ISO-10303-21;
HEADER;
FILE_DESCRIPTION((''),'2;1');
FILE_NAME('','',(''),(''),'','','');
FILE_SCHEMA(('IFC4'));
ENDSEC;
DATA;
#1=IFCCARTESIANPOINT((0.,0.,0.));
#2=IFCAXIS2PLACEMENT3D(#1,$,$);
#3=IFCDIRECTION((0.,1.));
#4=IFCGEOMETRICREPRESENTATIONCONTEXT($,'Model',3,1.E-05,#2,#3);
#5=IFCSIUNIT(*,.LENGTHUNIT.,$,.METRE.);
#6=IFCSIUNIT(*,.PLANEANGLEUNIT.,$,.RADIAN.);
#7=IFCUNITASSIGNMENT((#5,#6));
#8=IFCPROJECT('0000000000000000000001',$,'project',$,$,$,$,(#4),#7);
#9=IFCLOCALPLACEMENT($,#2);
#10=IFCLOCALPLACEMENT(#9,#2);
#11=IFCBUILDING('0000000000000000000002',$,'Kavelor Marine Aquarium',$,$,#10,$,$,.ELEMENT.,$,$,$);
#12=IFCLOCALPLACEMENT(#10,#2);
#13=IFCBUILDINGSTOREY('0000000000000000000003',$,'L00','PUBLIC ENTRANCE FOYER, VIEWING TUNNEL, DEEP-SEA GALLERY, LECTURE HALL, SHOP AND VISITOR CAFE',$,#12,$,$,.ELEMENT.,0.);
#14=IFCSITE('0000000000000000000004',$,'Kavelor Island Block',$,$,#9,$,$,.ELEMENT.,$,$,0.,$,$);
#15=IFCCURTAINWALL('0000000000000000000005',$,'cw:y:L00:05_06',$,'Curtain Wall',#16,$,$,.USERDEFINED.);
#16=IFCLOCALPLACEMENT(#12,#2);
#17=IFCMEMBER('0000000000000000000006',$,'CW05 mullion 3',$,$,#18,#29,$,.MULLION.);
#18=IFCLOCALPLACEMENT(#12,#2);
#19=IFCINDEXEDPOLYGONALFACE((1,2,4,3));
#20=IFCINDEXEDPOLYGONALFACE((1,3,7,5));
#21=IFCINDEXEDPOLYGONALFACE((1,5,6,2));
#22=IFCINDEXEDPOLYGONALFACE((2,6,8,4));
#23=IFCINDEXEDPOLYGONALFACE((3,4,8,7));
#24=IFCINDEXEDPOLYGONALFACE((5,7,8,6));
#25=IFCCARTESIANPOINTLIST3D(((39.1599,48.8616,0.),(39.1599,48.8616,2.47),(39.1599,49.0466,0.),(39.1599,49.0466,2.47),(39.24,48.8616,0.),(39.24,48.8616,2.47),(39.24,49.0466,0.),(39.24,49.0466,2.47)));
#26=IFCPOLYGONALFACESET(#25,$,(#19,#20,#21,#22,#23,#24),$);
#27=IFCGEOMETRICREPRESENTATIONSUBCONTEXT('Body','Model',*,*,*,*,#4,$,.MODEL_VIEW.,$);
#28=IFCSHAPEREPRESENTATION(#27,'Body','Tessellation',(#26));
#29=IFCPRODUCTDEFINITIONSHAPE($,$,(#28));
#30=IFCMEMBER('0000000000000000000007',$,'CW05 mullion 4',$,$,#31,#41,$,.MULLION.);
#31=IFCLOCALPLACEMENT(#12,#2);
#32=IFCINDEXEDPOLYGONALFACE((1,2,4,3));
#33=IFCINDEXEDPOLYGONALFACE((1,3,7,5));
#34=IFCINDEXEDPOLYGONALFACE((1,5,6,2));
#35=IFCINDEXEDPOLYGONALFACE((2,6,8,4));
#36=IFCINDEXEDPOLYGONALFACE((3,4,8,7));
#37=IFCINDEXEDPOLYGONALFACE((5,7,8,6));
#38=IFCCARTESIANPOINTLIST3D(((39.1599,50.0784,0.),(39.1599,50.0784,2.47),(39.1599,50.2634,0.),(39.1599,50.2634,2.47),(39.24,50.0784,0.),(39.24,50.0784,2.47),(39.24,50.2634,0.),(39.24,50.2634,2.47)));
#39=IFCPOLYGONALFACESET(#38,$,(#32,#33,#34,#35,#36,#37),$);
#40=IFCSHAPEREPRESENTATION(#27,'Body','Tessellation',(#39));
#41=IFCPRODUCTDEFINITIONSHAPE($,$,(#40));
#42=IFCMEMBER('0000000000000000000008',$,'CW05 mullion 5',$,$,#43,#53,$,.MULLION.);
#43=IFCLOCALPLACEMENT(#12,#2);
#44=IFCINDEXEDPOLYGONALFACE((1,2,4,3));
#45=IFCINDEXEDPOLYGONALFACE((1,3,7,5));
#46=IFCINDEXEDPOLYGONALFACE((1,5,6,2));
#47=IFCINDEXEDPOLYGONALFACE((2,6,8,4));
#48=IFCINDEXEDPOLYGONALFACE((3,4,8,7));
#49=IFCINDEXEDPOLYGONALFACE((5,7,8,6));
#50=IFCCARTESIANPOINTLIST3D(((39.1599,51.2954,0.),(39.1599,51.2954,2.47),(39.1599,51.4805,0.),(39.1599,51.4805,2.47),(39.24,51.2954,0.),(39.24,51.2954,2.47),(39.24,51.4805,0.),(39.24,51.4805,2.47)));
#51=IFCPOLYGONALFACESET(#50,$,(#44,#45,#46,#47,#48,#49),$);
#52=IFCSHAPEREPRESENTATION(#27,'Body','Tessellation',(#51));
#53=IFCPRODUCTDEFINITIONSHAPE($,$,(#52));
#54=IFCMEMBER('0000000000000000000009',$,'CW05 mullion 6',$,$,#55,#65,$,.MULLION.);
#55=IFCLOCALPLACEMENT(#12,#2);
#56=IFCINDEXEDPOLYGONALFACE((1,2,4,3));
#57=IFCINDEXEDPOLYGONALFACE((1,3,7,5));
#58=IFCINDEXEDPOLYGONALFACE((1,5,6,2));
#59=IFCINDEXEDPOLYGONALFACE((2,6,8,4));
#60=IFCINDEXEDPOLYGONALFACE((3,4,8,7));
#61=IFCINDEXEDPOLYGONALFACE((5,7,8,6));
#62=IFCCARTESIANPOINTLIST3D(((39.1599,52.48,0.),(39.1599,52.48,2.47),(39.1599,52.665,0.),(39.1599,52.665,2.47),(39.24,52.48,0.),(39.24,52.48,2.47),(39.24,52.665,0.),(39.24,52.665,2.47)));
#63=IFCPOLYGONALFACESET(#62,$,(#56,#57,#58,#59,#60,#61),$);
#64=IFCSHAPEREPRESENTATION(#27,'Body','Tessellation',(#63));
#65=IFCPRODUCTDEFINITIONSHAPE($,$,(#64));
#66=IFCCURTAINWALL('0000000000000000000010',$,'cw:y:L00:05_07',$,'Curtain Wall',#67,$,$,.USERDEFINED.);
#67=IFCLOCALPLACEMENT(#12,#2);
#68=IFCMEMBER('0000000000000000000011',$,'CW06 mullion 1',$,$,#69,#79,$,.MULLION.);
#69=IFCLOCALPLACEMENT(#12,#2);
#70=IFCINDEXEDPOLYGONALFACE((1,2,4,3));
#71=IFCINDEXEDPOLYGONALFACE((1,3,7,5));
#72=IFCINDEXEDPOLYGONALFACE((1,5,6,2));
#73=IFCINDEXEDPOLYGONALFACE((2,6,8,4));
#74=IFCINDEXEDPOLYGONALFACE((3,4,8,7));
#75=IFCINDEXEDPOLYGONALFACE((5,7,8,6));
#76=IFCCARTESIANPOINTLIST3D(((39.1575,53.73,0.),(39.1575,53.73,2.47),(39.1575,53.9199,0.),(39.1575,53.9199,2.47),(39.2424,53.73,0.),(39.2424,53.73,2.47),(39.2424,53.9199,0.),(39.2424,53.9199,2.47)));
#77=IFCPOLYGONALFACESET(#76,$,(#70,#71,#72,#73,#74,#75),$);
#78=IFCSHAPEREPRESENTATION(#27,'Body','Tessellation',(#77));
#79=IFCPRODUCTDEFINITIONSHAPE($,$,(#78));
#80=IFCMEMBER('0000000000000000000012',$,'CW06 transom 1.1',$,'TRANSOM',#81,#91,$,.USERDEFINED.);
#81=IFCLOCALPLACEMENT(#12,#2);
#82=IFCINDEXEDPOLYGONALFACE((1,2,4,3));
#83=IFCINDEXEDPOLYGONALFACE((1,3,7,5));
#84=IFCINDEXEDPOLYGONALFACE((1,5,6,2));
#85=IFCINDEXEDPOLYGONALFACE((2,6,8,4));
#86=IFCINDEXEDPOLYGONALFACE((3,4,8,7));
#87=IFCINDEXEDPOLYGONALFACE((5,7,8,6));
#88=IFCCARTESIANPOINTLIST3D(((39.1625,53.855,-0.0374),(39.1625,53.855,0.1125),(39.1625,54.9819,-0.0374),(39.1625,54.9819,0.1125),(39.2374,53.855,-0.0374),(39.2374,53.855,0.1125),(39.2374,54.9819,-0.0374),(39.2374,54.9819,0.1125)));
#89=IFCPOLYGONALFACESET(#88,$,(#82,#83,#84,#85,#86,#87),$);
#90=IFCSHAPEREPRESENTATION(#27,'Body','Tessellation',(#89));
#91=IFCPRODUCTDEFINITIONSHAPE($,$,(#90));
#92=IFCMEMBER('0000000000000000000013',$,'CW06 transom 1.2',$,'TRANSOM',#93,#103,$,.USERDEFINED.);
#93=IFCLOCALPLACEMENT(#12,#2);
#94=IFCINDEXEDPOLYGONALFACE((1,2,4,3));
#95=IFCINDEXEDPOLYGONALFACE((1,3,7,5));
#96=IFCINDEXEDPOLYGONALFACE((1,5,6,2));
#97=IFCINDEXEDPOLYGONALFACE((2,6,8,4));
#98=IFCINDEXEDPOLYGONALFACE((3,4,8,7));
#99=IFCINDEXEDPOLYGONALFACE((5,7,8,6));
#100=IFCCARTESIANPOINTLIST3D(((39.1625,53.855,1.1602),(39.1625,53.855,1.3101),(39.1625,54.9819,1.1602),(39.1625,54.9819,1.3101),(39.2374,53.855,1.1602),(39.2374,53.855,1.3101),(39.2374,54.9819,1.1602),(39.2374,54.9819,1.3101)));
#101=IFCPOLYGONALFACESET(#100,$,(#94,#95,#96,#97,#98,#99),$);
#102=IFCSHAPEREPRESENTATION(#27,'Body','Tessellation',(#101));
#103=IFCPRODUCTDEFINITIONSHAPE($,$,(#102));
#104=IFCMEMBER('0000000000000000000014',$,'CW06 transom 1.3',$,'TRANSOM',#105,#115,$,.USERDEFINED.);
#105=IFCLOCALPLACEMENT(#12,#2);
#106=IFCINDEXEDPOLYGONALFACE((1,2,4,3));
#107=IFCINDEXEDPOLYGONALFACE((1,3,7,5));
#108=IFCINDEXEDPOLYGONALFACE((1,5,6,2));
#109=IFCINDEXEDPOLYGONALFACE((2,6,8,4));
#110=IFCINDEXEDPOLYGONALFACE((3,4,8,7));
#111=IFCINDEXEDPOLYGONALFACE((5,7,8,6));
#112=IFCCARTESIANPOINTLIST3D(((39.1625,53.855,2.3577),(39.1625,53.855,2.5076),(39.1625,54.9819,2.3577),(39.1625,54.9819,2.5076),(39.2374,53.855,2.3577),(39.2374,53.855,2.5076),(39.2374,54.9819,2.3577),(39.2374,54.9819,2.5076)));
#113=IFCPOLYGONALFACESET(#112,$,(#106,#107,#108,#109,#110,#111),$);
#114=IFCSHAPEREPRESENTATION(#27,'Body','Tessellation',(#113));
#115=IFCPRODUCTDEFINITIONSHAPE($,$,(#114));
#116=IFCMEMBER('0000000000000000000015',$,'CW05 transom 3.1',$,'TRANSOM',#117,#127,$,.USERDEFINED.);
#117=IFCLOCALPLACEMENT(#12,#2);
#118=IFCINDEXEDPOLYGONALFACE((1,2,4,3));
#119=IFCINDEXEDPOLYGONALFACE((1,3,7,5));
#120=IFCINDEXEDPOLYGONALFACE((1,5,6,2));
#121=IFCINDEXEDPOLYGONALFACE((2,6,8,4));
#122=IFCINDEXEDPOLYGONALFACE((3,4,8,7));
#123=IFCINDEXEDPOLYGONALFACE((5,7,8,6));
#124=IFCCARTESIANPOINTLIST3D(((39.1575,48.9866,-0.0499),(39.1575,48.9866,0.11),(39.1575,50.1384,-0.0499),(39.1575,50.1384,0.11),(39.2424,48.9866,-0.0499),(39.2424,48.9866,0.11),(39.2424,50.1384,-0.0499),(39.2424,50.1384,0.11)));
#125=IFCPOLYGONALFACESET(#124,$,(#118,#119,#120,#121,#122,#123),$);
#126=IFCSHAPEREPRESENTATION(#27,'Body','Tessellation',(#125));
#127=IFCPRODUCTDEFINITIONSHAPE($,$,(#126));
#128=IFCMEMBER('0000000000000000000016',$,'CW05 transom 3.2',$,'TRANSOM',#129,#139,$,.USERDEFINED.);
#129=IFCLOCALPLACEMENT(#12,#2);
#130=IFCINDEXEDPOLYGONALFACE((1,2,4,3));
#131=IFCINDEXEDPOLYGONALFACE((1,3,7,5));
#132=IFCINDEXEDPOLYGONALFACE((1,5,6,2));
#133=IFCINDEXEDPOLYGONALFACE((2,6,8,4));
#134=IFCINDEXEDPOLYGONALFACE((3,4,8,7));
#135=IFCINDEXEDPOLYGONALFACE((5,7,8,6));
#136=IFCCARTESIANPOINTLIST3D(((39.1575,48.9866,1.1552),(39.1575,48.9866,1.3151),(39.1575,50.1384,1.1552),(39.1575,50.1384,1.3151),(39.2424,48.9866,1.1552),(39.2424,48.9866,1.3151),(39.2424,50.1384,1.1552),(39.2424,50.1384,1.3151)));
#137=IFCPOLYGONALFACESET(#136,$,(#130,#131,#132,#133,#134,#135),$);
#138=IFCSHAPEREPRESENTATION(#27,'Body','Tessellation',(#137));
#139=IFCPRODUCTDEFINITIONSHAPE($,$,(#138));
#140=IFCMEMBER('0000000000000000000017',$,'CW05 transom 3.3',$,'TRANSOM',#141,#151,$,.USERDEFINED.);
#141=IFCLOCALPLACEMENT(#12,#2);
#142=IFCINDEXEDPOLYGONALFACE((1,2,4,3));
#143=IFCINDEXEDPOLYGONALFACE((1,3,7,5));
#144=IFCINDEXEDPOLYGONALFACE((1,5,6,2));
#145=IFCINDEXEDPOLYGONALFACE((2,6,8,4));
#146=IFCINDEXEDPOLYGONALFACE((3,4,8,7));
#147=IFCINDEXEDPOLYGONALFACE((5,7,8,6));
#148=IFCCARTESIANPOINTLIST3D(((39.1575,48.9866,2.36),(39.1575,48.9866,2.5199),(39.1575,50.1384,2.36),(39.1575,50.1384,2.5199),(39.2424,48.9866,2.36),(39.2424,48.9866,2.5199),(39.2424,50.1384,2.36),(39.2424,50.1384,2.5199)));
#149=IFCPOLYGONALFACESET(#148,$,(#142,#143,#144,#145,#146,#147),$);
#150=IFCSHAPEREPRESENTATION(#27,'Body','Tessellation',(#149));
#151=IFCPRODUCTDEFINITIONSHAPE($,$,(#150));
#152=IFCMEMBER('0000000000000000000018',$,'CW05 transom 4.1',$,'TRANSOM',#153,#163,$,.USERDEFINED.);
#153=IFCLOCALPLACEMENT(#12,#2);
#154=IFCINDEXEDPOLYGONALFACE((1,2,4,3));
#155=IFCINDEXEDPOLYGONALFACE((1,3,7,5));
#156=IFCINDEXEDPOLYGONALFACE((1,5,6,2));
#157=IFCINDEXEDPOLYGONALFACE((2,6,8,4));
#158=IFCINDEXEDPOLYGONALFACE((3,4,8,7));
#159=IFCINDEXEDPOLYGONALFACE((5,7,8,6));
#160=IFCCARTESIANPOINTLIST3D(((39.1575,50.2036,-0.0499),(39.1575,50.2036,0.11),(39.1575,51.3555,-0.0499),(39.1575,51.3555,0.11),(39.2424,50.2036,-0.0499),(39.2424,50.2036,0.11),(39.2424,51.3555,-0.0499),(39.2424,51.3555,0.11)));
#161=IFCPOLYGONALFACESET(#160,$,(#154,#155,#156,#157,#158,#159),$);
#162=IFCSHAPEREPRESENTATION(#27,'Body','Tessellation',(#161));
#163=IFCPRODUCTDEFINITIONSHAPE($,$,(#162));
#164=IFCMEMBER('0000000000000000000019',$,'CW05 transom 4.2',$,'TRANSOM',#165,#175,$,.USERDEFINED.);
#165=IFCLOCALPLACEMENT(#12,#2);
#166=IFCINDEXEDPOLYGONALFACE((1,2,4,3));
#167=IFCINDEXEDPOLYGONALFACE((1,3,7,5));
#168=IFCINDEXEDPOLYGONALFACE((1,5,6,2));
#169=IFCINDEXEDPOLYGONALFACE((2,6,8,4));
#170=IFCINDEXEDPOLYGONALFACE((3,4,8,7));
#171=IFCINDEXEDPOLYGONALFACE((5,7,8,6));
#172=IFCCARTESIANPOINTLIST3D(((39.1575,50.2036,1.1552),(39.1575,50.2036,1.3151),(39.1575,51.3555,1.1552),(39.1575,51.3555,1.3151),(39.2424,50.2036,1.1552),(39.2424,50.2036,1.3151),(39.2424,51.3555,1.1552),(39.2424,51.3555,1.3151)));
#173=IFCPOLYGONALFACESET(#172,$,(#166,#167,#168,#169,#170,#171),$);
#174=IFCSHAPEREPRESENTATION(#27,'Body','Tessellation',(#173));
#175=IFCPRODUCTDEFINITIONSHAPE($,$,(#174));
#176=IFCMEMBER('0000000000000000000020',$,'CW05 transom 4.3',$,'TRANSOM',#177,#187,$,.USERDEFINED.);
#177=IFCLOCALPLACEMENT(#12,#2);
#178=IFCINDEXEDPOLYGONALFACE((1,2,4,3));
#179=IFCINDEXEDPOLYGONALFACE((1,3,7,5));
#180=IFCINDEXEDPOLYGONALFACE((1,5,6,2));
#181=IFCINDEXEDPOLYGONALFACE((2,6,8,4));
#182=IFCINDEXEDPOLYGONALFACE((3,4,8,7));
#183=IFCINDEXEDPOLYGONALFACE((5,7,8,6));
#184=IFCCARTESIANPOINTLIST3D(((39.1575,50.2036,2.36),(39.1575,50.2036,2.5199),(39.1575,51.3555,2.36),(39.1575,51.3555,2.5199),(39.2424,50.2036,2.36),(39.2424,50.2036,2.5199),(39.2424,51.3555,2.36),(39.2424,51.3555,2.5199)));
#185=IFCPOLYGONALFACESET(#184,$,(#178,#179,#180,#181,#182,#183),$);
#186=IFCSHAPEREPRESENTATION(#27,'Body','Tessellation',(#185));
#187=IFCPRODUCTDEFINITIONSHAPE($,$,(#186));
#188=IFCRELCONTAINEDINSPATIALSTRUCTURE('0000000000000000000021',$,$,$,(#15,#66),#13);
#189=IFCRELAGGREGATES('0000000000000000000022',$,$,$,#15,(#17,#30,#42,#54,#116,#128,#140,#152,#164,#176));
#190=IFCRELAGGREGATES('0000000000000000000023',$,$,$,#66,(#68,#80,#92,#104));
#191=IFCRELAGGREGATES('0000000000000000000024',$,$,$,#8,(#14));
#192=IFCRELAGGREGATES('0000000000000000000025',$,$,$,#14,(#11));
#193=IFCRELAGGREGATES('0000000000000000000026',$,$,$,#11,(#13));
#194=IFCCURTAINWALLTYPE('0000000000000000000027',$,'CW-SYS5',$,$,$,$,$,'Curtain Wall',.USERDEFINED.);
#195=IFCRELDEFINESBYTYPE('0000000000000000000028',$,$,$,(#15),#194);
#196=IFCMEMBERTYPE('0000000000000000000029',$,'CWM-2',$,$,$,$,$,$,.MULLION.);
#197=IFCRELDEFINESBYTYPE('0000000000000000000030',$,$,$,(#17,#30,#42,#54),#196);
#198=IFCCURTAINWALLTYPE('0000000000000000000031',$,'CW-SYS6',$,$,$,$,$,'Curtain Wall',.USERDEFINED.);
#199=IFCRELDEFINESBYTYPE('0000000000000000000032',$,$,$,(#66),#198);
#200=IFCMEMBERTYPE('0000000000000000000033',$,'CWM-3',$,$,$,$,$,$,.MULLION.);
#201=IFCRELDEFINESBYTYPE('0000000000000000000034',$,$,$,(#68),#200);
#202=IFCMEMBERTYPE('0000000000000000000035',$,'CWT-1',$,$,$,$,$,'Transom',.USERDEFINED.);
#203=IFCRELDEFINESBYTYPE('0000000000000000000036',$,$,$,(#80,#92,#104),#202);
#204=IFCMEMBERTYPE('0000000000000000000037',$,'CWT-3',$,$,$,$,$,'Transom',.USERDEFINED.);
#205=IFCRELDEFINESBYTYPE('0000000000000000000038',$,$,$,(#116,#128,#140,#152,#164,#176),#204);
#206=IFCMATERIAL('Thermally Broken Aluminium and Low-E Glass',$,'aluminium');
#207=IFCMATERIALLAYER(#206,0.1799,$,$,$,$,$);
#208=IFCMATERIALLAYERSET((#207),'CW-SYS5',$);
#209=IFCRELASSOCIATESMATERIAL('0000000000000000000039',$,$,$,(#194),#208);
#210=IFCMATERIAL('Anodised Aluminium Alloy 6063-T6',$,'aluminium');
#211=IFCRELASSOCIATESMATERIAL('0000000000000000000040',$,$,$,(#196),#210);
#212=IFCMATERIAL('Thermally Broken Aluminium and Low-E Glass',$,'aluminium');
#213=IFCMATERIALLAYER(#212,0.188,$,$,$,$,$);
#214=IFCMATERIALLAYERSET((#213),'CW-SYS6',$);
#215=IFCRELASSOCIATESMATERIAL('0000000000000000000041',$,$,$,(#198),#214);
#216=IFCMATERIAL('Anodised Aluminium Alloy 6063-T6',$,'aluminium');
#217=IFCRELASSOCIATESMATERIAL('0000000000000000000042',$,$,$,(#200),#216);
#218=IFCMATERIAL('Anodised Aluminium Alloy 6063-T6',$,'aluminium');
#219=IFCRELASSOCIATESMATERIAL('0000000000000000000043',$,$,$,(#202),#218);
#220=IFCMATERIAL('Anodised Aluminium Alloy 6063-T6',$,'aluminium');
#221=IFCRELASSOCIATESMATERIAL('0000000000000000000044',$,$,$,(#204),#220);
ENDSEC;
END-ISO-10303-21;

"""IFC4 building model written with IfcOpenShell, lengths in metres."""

from ifc_helpers import new_model, si_unit, direction, frame, origin, origin_2d, place, context, subcontext, project, spatial, rectangle, extrude, material, layer, layer_set, material_profile, profile_set, type_object, element, aggregate, save


model = new_model("IFC4")

# Units and contexts
model_context = context("Model", 3, precision=1e-05, world=origin(), true_north=direction((0.0, 1.0)))
body_context = subcontext(model_context, "Body", "Model", "MODEL_VIEW")
ifc_project = project(units=[si_unit("LENGTHUNIT", "METRE"), si_unit("PLANEANGLEUNIT", "RADIAN")], contexts=[model_context])

# Site, building, storey
site_placement = place(None, origin())
site = spatial("IfcSite", under=ifc_project, at=site_placement, Name="Kavelor Island Block", CompositionType="ELEMENT", RefElevation=0.0)
building_placement = place(site_placement, origin())
building = spatial("IfcBuilding", under=site, at=building_placement, Name="Kavelor Marine Aquarium", CompositionType="ELEMENT")
storey_placement = place(building_placement, origin())
storey = spatial("IfcBuildingStorey", under=building, at=storey_placement, Name="L00", Description="PUBLIC ENTRANCE FOYER, VIEWING TUNNEL, DEEP-SEA GALLERY, LECTURE HALL, SHOP AND VISITOR CAFE", CompositionType="ELEMENT", Elevation=0.0)

# Curtain walls, members
ifc_material_1 = material(Name="Thermally Broken Aluminium and Low-E Glass", Category="aluminium")
ifc_layer_1 = layer(ifc_material_1, 0.1799)
ifc_layer_set_1 = layer_set([ifc_layer_1], Name="CW-SYS5")
curtain_wall_type_1 = type_object("IfcCurtainWallType", Name="CW-SYS5", ElementType="Curtain Wall", PredefinedType="USERDEFINED", material=ifc_layer_set_1)
curtain_wall_1_placement = place(storey_placement, origin())
curtain_wall_1 = element("IfcCurtainWall", 1, at=curtain_wall_1_placement, inside=storey, type_object=curtain_wall_type_1, Name="cw:y:L00:05_06", ObjectType="Curtain Wall", PredefinedType="USERDEFINED")
ifc_material_2 = material(Name="Anodised Aluminium Alloy 6063-T6", Category="aluminium")
ifc_material_profile_1 = material_profile(ifc_material_2, rectangle(XDim=0.0801, YDim=0.1851, at=origin_2d()), Name="CW-MUL 80x185")
ifc_profile_set_1 = profile_set([ifc_material_profile_1], Name="Anodised Aluminium Alloy 6063-T6")
member_type_1 = type_object("IfcMemberType", Name="CWM-2", PredefinedType="MULLION", material=ifc_profile_set_1)
member_1_placement = place(storey_placement, frame((39.2, 48.9541, 0.0), z_axis=(0.0, 0.0, 1.0), x_axis=(-1.0, 0.0, 0.0)))
member_1 = element("IfcMember", 2, at=member_1_placement, type_object=member_type_1, Name="CW05 mullion 3", PredefinedType="MULLION", context=body_context, shape_type="SweptSolid", body=[
    extrude(rectangle(XDim=0.0801, YDim=0.1851, at=origin_2d()), origin(), (0.0, 0.0, 1.0), 2.47),
])
member_2_placement = place(storey_placement, frame((39.2, 50.1709, 0.0), z_axis=(0.0, 0.0, 1.0), x_axis=(-1.0, 0.0, 0.0)))
member_2 = element("IfcMember", 3, at=member_2_placement, type_object=member_type_1, Name="CW05 mullion 4", PredefinedType="MULLION", context=body_context, shape_type="SweptSolid", body=[
    extrude(rectangle(XDim=0.0801, YDim=0.1851, at=origin_2d()), origin(), (0.0, 0.0, 1.0), 2.47),
])
member_3_placement = place(storey_placement, frame((39.2, 51.3879, 0.0), z_axis=(0.0, 0.0, 1.0), x_axis=(-1.0, 0.0, 0.0)))
member_3 = element("IfcMember", 4, at=member_3_placement, type_object=member_type_1, Name="CW05 mullion 5", PredefinedType="MULLION", context=body_context, shape_type="SweptSolid", body=[
    extrude(rectangle(XDim=0.0801, YDim=0.1851, at=origin_2d()), origin(), (0.0, 0.0, 1.0), 2.47),
])
member_4_placement = place(storey_placement, frame((39.2, 52.5725, 0.0), z_axis=(0.0, 0.0, 1.0), x_axis=(-1.0, 0.0, 0.0)))
member_4 = element("IfcMember", 5, at=member_4_placement, type_object=member_type_1, Name="CW05 mullion 6", PredefinedType="MULLION", context=body_context, shape_type="SweptSolid", body=[
    extrude(rectangle(XDim=0.0801, YDim=0.1851, at=origin_2d()), origin(), (0.0, 0.0, 1.0), 2.47),
])
ifc_material_3 = material(Name="Thermally Broken Aluminium and Low-E Glass", Category="aluminium")
ifc_layer_2 = layer(ifc_material_3, 0.188)
ifc_layer_set_2 = layer_set([ifc_layer_2], Name="CW-SYS6")
curtain_wall_type_2 = type_object("IfcCurtainWallType", Name="CW-SYS6", ElementType="Curtain Wall", PredefinedType="USERDEFINED", material=ifc_layer_set_2)
curtain_wall_2_placement = place(storey_placement, origin())
curtain_wall_2 = element("IfcCurtainWall", 6, at=curtain_wall_2_placement, inside=storey, type_object=curtain_wall_type_2, Name="cw:y:L00:05_07", ObjectType="Curtain Wall", PredefinedType="USERDEFINED")
ifc_material_4 = material(Name="Anodised Aluminium Alloy 6063-T6", Category="aluminium")
ifc_material_profile_2 = material_profile(ifc_material_4, rectangle(XDim=0.085, YDim=0.1899, at=origin_2d()), Name="CW-MUL 85x190")
ifc_profile_set_2 = profile_set([ifc_material_profile_2], Name="Anodised Aluminium Alloy 6063-T6")
member_type_2 = type_object("IfcMemberType", Name="CWM-3", PredefinedType="MULLION", material=ifc_profile_set_2)
member_5_placement = place(storey_placement, frame((39.2, 53.825, 0.0), z_axis=(0.0, 0.0, 1.0), x_axis=(-1.0, 0.0, 0.0)))
member_5 = element("IfcMember", 7, at=member_5_placement, type_object=member_type_2, Name="CW06 mullion 1", PredefinedType="MULLION", context=body_context, shape_type="SweptSolid", body=[
    extrude(rectangle(XDim=0.085, YDim=0.1899, at=origin_2d()), origin(), (0.0, 0.0, 1.0), 2.47),
])
ifc_material_5 = material(Name="Anodised Aluminium Alloy 6063-T6", Category="aluminium")
ifc_material_profile_3 = material_profile(ifc_material_5, rectangle(XDim=0.075, YDim=0.1499, at=origin_2d()), Name="CW-TRN 75x150")
ifc_profile_set_3 = profile_set([ifc_material_profile_3], Name="Anodised Aluminium Alloy 6063-T6")
member_type_3 = type_object("IfcMemberType", Name="CWT-1", ElementType="Transom", PredefinedType="USERDEFINED", material=ifc_profile_set_3)
member_6_placement = place(storey_placement, frame((39.2, 53.855, 0.0376), z_axis=(0.0, 1.0, 0.0), x_axis=(-1.0, 0.0, 0.0)))
member_6 = element("IfcMember", 8, at=member_6_placement, type_object=member_type_3, Name="CW06 transom 1.1", ObjectType="TRANSOM", PredefinedType="USERDEFINED", context=body_context, shape_type="SweptSolid", body=[
    extrude(rectangle(XDim=0.075, YDim=0.1499, at=origin_2d()), origin(), (0.0, 0.0, 1.0), 1.127),
])
member_7_placement = place(storey_placement, frame((39.2, 53.855, 1.2351), z_axis=(0.0, 1.0, 0.0), x_axis=(-1.0, 0.0, 0.0)))
member_7 = element("IfcMember", 9, at=member_7_placement, type_object=member_type_3, Name="CW06 transom 1.2", ObjectType="TRANSOM", PredefinedType="USERDEFINED", context=body_context, shape_type="SweptSolid", body=[
    extrude(rectangle(XDim=0.075, YDim=0.1499, at=origin_2d()), origin(), (0.0, 0.0, 1.0), 1.127),
])
member_8_placement = place(storey_placement, frame((39.2, 53.855, 2.4326), z_axis=(0.0, 1.0, 0.0), x_axis=(-1.0, 0.0, 0.0)))
member_8 = element("IfcMember", 10, at=member_8_placement, type_object=member_type_3, Name="CW06 transom 1.3", ObjectType="TRANSOM", PredefinedType="USERDEFINED", context=body_context, shape_type="SweptSolid", body=[
    extrude(rectangle(XDim=0.075, YDim=0.1499, at=origin_2d()), origin(), (0.0, 0.0, 1.0), 1.127),
])

# Members
ifc_material_6 = material(Name="Anodised Aluminium Alloy 6063-T6", Category="aluminium")
ifc_material_profile_4 = material_profile(ifc_material_6, rectangle(XDim=0.085, YDim=0.1599, at=origin_2d()), Name="CW-TRN 85x160")
ifc_profile_set_4 = profile_set([ifc_material_profile_4], Name="Anodised Aluminium Alloy 6063-T6")
member_type_4 = type_object("IfcMemberType", Name="CWT-3", ElementType="Transom", PredefinedType="USERDEFINED", material=ifc_profile_set_4)
member_9_placement = place(storey_placement, frame((39.2, 48.9866, 0.03), z_axis=(0.0, 1.0, 0.0), x_axis=(-1.0, 0.0, 0.0)))
member_9 = element("IfcMember", 11, at=member_9_placement, type_object=member_type_4, Name="CW05 transom 3.1", ObjectType="TRANSOM", PredefinedType="USERDEFINED", context=body_context, shape_type="SweptSolid", body=[
    extrude(rectangle(XDim=0.085, YDim=0.1599, at=origin_2d()), origin(), (0.0, 0.0, 1.0), 1.1519),
])
member_10_placement = place(storey_placement, frame((39.2, 48.9866, 1.2351), z_axis=(0.0, 1.0, 0.0), x_axis=(-1.0, 0.0, 0.0)))
member_10 = element("IfcMember", 12, at=member_10_placement, type_object=member_type_4, Name="CW05 transom 3.2", ObjectType="TRANSOM", PredefinedType="USERDEFINED", context=body_context, shape_type="SweptSolid", body=[
    extrude(rectangle(XDim=0.085, YDim=0.1599, at=origin_2d()), origin(), (0.0, 0.0, 1.0), 1.1519),
])
member_11_placement = place(storey_placement, frame((39.2, 48.9866, 2.4399), z_axis=(0.0, 1.0, 0.0), x_axis=(-1.0, 0.0, 0.0)))
member_11 = element("IfcMember", 13, at=member_11_placement, type_object=member_type_4, Name="CW05 transom 3.3", ObjectType="TRANSOM", PredefinedType="USERDEFINED", context=body_context, shape_type="SweptSolid", body=[
    extrude(rectangle(XDim=0.085, YDim=0.1599, at=origin_2d()), origin(), (0.0, 0.0, 1.0), 1.1519),
])
member_12_placement = place(storey_placement, frame((39.2, 50.2036, 0.03), z_axis=(0.0, 1.0, 0.0), x_axis=(-1.0, 0.0, 0.0)))
member_12 = element("IfcMember", 14, at=member_12_placement, type_object=member_type_4, Name="CW05 transom 4.1", ObjectType="TRANSOM", PredefinedType="USERDEFINED", context=body_context, shape_type="SweptSolid", body=[
    extrude(rectangle(XDim=0.085, YDim=0.1599, at=origin_2d()), origin(), (0.0, 0.0, 1.0), 1.1519),
])
member_13_placement = place(storey_placement, frame((39.2, 50.2036, 1.2351), z_axis=(0.0, 1.0, 0.0), x_axis=(-1.0, 0.0, 0.0)))
member_13 = element("IfcMember", 15, at=member_13_placement, type_object=member_type_4, Name="CW05 transom 4.2", ObjectType="TRANSOM", PredefinedType="USERDEFINED", context=body_context, shape_type="SweptSolid", body=[
    extrude(rectangle(XDim=0.085, YDim=0.1599, at=origin_2d()), origin(), (0.0, 0.0, 1.0), 1.1519),
])
member_14_placement = place(storey_placement, frame((39.2, 50.2036, 2.4399), z_axis=(0.0, 1.0, 0.0), x_axis=(-1.0, 0.0, 0.0)))
member_14 = element("IfcMember", 16, at=member_14_placement, type_object=member_type_4, Name="CW05 transom 4.3", ObjectType="TRANSOM", PredefinedType="USERDEFINED", context=body_context, shape_type="SweptSolid", body=[
    extrude(rectangle(XDim=0.085, YDim=0.1599, at=origin_2d()), origin(), (0.0, 0.0, 1.0), 1.1519),
])

aggregate(curtain_wall_1, [member_1, member_2, member_3, member_4, member_9, member_10, member_11, member_12, member_13, member_14])
aggregate(curtain_wall_2, [member_5, member_6, member_7, member_8])

save(model, "model.ifc")
